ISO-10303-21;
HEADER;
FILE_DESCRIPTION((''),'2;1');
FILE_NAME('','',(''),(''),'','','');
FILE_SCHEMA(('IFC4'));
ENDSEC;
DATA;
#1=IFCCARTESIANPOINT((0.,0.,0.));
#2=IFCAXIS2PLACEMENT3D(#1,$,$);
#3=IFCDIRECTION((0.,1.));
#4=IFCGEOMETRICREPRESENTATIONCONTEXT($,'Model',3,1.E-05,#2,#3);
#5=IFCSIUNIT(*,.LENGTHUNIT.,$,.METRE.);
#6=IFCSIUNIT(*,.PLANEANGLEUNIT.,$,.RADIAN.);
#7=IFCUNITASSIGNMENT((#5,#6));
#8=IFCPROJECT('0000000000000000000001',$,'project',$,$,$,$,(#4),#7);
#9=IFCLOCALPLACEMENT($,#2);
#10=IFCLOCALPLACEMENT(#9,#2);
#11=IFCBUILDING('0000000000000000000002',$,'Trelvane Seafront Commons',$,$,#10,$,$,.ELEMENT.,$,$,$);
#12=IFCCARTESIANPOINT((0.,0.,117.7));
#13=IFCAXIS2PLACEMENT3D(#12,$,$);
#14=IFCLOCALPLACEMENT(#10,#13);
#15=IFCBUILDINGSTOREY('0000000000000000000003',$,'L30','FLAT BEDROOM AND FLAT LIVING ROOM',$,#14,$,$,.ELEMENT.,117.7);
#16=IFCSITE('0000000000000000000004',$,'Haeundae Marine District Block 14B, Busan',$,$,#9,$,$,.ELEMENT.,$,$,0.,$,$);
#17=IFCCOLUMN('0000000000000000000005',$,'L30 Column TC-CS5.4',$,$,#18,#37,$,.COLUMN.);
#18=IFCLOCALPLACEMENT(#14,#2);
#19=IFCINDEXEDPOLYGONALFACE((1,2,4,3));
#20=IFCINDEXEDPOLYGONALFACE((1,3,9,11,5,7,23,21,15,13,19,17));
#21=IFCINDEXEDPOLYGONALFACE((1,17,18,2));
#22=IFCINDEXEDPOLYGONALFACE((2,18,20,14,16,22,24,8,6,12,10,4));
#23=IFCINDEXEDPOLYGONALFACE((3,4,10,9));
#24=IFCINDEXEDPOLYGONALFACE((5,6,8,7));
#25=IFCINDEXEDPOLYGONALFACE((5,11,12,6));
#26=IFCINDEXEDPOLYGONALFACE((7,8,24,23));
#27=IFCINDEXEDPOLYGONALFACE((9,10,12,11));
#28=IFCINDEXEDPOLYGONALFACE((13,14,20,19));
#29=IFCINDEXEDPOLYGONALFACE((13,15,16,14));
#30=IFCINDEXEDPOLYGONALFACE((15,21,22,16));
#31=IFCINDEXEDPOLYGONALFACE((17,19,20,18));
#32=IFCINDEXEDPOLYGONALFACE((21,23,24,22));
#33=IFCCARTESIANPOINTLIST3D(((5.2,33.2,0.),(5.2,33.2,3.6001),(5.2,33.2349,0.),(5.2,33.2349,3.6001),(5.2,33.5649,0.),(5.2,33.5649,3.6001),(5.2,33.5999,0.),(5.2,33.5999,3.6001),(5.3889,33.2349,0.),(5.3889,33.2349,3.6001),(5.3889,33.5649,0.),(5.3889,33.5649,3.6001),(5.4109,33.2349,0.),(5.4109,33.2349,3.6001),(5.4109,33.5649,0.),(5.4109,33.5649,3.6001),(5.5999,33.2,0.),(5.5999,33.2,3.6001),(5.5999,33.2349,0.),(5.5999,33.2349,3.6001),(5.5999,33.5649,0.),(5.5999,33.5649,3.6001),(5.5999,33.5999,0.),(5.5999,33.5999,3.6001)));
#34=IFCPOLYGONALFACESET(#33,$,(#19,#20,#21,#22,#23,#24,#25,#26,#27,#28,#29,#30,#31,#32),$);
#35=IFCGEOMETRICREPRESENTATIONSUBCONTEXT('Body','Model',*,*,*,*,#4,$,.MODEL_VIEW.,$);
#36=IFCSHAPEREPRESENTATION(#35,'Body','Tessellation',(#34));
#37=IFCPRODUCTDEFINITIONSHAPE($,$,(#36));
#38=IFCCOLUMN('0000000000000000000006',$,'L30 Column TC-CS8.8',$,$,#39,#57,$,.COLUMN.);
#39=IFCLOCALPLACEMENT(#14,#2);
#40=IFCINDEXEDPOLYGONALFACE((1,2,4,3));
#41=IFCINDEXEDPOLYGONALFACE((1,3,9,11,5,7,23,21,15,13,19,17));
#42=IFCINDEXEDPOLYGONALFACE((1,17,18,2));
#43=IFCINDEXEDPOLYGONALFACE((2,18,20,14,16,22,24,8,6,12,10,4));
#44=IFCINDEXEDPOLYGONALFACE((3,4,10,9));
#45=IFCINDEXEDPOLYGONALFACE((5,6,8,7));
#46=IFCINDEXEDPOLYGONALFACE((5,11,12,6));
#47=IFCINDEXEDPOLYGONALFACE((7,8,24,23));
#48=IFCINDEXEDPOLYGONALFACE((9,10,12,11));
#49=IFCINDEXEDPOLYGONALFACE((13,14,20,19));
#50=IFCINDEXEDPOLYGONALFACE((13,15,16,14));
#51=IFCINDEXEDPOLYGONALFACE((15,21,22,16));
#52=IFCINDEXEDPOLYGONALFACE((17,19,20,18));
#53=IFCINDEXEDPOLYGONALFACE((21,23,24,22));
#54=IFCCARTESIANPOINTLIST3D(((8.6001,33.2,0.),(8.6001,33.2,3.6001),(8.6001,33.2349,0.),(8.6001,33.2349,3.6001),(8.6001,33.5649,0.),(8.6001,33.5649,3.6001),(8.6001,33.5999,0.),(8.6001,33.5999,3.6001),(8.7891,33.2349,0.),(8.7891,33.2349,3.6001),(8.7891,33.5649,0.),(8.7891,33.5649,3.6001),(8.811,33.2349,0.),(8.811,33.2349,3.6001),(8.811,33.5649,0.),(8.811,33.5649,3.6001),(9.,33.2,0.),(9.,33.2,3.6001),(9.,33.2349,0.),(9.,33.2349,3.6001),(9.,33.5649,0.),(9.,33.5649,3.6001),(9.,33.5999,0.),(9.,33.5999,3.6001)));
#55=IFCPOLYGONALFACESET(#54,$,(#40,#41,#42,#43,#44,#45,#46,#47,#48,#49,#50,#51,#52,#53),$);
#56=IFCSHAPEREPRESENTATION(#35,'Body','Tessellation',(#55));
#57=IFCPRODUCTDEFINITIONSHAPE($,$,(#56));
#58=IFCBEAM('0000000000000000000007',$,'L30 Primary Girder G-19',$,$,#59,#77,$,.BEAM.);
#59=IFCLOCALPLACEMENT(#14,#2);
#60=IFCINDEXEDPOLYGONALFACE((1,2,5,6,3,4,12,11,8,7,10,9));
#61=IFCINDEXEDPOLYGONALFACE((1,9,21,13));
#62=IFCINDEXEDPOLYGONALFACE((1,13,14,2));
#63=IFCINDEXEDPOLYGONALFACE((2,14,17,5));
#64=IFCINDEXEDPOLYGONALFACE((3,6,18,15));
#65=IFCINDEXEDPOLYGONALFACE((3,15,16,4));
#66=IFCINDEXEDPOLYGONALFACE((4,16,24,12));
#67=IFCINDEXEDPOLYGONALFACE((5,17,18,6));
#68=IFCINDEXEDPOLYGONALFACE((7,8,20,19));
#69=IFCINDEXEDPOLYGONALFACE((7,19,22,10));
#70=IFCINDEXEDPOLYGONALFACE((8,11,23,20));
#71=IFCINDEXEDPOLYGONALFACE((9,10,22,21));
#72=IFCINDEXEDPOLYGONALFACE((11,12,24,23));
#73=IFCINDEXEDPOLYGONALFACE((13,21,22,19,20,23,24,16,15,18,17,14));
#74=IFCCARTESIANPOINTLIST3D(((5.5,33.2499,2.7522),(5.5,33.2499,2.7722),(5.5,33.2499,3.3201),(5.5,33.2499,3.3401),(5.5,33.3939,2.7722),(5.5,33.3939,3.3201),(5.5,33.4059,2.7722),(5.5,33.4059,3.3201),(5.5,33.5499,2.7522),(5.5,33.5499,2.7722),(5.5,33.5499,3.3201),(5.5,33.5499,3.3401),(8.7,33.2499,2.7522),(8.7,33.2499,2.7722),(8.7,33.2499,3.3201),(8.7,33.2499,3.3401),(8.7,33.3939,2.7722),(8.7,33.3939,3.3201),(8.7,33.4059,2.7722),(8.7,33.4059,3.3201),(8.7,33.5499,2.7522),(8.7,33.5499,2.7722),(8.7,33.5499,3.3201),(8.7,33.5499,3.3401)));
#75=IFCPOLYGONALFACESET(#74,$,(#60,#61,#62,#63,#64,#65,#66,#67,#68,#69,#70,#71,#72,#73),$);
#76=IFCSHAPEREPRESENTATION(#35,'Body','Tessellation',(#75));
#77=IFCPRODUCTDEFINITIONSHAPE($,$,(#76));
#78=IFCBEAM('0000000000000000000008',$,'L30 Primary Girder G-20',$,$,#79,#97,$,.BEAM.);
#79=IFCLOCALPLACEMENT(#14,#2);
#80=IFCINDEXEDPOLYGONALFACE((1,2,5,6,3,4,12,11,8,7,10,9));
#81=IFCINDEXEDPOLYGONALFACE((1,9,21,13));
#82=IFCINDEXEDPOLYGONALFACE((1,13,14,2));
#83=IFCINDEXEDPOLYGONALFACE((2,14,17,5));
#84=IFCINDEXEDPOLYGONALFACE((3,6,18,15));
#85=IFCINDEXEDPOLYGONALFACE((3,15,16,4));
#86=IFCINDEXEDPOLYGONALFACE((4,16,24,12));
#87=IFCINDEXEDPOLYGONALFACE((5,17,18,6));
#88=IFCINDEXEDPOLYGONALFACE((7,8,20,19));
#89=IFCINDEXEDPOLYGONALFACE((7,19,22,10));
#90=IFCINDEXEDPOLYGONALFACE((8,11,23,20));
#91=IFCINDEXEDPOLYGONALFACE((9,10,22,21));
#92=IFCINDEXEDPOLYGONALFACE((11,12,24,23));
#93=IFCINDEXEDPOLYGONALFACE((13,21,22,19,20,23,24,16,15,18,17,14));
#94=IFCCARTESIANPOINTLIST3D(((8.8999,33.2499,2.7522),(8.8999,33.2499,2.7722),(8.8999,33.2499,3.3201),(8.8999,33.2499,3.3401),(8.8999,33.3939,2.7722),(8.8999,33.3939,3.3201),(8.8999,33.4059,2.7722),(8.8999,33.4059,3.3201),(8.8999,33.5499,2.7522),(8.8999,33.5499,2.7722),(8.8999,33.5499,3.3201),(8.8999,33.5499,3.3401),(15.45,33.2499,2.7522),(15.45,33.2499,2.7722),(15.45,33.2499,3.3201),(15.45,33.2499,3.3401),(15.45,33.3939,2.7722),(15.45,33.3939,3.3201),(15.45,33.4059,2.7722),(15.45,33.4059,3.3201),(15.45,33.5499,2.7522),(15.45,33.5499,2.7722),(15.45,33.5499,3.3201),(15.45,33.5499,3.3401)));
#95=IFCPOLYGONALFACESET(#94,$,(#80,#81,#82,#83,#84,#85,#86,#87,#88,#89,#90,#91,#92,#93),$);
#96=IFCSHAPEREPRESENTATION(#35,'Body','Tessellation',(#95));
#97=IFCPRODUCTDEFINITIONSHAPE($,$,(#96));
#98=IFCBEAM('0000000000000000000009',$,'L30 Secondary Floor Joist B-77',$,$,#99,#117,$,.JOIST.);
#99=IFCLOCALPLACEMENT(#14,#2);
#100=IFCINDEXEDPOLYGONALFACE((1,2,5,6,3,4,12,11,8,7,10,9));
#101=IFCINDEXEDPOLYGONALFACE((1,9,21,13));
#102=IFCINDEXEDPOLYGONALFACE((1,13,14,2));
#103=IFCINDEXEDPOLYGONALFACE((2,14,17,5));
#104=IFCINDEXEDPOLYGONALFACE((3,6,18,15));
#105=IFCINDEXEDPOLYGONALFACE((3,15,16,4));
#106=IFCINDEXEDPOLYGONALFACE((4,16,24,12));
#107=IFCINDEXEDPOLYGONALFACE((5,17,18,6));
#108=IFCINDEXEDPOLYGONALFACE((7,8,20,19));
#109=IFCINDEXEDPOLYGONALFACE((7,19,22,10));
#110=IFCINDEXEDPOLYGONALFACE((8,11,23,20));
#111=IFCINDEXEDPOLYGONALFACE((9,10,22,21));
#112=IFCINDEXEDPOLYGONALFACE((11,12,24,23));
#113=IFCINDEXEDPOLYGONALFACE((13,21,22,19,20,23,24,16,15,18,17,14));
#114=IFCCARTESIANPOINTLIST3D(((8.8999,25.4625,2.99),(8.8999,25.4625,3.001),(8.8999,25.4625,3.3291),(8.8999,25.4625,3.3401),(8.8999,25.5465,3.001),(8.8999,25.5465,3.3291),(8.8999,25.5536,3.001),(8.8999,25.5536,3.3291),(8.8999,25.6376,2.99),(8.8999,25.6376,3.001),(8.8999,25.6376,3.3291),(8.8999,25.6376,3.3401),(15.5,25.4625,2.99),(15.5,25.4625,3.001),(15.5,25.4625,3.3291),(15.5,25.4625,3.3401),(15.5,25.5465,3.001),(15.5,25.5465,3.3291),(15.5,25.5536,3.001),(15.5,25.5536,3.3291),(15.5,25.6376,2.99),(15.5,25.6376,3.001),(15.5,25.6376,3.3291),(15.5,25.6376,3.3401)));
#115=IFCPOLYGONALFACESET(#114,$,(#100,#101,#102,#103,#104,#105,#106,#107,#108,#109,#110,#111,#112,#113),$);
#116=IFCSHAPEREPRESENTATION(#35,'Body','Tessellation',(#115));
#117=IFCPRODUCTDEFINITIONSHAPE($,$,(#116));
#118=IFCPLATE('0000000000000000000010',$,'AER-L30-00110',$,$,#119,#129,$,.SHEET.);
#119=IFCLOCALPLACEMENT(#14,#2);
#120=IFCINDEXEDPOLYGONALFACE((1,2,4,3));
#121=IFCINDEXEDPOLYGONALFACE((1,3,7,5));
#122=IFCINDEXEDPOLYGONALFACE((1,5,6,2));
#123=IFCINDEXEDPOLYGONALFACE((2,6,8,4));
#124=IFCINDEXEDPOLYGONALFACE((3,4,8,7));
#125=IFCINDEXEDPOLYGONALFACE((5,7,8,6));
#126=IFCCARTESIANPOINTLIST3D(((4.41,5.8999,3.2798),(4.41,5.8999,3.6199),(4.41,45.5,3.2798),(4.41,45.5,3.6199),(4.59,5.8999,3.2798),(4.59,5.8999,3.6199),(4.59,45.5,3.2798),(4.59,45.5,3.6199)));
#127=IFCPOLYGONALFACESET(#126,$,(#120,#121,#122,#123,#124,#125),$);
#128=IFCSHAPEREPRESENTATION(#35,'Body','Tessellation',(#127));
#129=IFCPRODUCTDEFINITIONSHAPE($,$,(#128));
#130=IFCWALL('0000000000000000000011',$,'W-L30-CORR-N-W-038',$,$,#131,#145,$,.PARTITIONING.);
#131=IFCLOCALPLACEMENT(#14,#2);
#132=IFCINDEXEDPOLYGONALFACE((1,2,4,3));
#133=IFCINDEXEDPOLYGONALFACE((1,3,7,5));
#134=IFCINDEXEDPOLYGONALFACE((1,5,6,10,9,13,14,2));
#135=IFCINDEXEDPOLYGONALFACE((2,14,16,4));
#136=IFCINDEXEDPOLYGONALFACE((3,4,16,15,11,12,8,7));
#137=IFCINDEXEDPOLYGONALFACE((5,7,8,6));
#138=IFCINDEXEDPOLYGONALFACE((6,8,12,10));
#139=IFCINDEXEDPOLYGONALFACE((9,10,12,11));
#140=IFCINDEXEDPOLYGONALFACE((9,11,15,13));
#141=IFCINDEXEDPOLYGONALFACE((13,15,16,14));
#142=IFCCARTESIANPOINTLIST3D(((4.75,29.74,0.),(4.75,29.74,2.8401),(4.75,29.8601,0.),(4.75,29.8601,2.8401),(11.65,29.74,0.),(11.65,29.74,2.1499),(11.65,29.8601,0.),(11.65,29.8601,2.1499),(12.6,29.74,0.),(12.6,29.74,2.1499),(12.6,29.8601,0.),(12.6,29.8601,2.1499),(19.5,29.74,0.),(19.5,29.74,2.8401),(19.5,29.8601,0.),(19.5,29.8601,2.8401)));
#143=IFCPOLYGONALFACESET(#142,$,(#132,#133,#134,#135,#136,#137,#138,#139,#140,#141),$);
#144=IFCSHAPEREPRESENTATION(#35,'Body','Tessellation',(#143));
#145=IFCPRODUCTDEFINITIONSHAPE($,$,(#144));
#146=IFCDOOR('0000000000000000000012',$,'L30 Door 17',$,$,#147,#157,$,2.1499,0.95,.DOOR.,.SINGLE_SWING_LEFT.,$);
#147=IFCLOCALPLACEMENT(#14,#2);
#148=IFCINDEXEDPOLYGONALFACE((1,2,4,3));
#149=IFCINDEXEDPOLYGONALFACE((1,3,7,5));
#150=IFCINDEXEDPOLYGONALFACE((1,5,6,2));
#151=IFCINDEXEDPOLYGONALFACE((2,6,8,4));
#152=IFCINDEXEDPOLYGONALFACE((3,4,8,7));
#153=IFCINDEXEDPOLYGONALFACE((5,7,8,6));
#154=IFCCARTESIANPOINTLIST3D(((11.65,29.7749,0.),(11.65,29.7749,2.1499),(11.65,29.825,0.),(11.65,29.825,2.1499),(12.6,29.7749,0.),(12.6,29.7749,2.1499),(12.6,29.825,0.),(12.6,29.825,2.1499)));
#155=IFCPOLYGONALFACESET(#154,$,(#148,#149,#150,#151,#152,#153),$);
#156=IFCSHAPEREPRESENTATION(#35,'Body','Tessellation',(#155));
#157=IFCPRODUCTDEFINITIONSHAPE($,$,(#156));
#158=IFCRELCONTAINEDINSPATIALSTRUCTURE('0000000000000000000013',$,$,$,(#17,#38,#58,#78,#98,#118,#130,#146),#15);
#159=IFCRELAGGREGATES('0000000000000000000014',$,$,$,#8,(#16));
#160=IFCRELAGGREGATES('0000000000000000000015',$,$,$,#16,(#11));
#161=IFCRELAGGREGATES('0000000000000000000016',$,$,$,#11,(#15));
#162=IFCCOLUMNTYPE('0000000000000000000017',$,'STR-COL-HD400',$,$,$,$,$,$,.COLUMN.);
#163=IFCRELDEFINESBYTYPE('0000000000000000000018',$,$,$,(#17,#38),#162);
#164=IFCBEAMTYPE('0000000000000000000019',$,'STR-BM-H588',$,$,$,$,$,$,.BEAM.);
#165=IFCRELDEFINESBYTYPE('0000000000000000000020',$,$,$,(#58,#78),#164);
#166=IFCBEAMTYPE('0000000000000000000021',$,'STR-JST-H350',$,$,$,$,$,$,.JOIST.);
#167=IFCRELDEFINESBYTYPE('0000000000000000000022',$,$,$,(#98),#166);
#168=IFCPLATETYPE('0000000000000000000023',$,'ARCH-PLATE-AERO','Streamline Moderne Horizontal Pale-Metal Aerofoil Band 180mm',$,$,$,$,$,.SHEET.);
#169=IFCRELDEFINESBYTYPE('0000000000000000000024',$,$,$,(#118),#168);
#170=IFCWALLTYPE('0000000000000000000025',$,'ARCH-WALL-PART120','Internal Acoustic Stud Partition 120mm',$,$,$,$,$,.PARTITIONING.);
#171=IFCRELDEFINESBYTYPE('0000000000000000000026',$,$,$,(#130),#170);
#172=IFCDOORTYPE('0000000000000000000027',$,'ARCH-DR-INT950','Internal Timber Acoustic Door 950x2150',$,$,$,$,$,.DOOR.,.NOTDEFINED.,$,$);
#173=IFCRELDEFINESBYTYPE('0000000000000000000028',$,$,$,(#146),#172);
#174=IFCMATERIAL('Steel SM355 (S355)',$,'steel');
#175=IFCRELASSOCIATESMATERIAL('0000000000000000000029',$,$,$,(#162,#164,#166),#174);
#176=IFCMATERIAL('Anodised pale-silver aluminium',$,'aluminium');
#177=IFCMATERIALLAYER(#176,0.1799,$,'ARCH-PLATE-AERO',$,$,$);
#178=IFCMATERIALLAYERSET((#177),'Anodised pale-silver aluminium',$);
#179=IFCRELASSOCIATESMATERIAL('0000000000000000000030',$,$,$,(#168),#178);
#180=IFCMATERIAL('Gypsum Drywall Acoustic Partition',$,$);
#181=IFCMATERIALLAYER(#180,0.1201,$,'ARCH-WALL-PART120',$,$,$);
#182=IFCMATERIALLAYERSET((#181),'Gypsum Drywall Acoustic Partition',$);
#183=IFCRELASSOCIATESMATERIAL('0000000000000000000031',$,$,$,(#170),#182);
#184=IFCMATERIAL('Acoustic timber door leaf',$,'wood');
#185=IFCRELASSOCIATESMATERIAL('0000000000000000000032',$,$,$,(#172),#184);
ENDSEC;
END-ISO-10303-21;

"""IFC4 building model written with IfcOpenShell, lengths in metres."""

from ifc_helpers import new_model, si_unit, direction, frame, frame_2d, origin, origin_2d, place, context, subcontext, project, spatial, rectangle, i_section, extrude, source, transform, mapped, material, layer, layer_set, material_profile, profile_set, type_object, element, fill, save


model = new_model("IFC4")

# Units and contexts
model_context = context("Model", 3, precision=1e-05, world=origin(), true_north=direction((0.0, 1.0)))
body_context = subcontext(model_context, "Body", "Model", "MODEL_VIEW")
ifc_project = project(units=[si_unit("LENGTHUNIT", "METRE"), si_unit("PLANEANGLEUNIT", "RADIAN")], contexts=[model_context])

# Site, building, storey
site_placement = place(None, origin())
site = spatial("IfcSite", under=ifc_project, at=site_placement, Name="Haeundae Marine District Block 14B, Busan", CompositionType="ELEMENT", RefElevation=0.0)
building_placement = place(site_placement, origin())
building = spatial("IfcBuilding", under=site, at=building_placement, Name="Trelvane Seafront Commons", CompositionType="ELEMENT")
storey_placement = place(building_placement, frame((0.0, 0.0, 117.7)))
storey = spatial("IfcBuildingStorey", under=building, at=storey_placement, Name="L30", Description="FLAT BEDROOM AND FLAT LIVING ROOM", CompositionType="ELEMENT", Elevation=117.7)

# Columns
ifc_material_1 = material(Name="Steel SM355 (S355)", Category="steel")
ifc_material_profile_1 = material_profile(ifc_material_1, i_section(OverallWidth=0.3999, OverallDepth=0.3999, WebThickness=0.022, FlangeThickness=0.0349, at=origin_2d()), Name="HD-400x400x22x35")
ifc_profile_set_1 = profile_set([ifc_material_profile_1], Name="Steel SM355 (S355)")
column_type = type_object("IfcColumnType", Name="STR-COL-HD400", PredefinedType="COLUMN", material=ifc_profile_set_1)
shared_shape_1 = source(origin(), body_context, "Body", "SweptSolid", [
    extrude(i_section(OverallWidth=0.3999, OverallDepth=0.3999, WebThickness=0.022, FlangeThickness=0.0349, at=origin_2d()), origin(), (0.0, 0.0, 1.0), 3.6001),
])
for number, where, z_axis, x_axis, name in (
    (1, (5.3999, 33.3999, 0.0), (0.0, 0.0, 1.0), (1.0, 0.0, 0.0), "L30 Column TC-CS5.4"),
    (2, (8.8, 33.3999, 0.0), (0.0, 0.0, 1.0), (1.0, 0.0, 0.0), "L30 Column TC-CS8.8"),
):
    element("IfcColumn", number, at=place(storey_placement, frame(where, z_axis=z_axis, x_axis=x_axis)), inside=storey, type_object=column_type, Name=name, PredefinedType="COLUMN", context=body_context, shape_type="MappedRepresentation", body=[
        mapped(shared_shape_1, transform((0.0, 0.0, 0.0), x_axis=(1.0, 0.0, 0.0), y_axis=(0.0, 1.0, 0.0), z_axis=(0.0, 0.0, 1.0), scale=1.0)),
    ])

# Beams
ifc_material_profile_2 = material_profile(ifc_material_1, i_section(OverallWidth=0.3, OverallDepth=0.5879, WebThickness=0.012, FlangeThickness=0.02, at=origin_2d()), Name="H-588x300x12x20")
ifc_profile_set_2 = profile_set([ifc_material_profile_2], Name="Steel SM355 (S355)")
beam_type_1 = type_object("IfcBeamType", Name="STR-BM-H588", PredefinedType="BEAM", material=ifc_profile_set_2)
shared_shape_2 = source(origin(), body_context, "Body", "SweptSolid", [
    extrude(i_section(OverallWidth=0.3, OverallDepth=0.5879, WebThickness=0.012, FlangeThickness=0.02, at=origin_2d()), origin(), (0.0, 0.0, 1.0), 3.2),
])
beam_1_placement = place(storey_placement, frame((5.5, 33.3999, 3.0461), z_axis=(1.0, 0.0, 0.0), x_axis=(0.0, 1.0, 0.0)))
element("IfcBeam", 3, at=beam_1_placement, inside=storey, type_object=beam_type_1, Name="L30 Primary Girder G-19", PredefinedType="BEAM", context=body_context, shape_type="MappedRepresentation", body=[
    mapped(shared_shape_2, transform((0.0, 0.0, 0.0), x_axis=(1.0, 0.0, 0.0), y_axis=(0.0, 1.0, 0.0), z_axis=(0.0, 0.0, 1.0), scale=1.0)),
])
shared_shape_3 = source(origin(), body_context, "Body", "SweptSolid", [
    extrude(i_section(OverallWidth=0.3, OverallDepth=0.5879, WebThickness=0.012, FlangeThickness=0.02, at=origin_2d()), origin(), (0.0, 0.0, 1.0), 6.55),
])
beam_2_placement = place(storey_placement, frame((8.8999, 33.3999, 3.0461), z_axis=(1.0, 0.0, 0.0), x_axis=(0.0, 1.0, 0.0)))
element("IfcBeam", 4, at=beam_2_placement, inside=storey, type_object=beam_type_1, Name="L30 Primary Girder G-20", PredefinedType="BEAM", context=body_context, shape_type="MappedRepresentation", body=[
    mapped(shared_shape_3, transform((0.0, 0.0, 0.0), x_axis=(1.0, 0.0, 0.0), y_axis=(0.0, 1.0, 0.0), z_axis=(0.0, 0.0, 1.0), scale=1.0)),
])
ifc_material_profile_3 = material_profile(ifc_material_1, i_section(OverallWidth=0.175, OverallDepth=0.3501, WebThickness=0.0071, FlangeThickness=0.011, at=origin_2d()), Name="H-350x175x7x11")
ifc_profile_set_3 = profile_set([ifc_material_profile_3], Name="Steel SM355 (S355)")
beam_type_2 = type_object("IfcBeamType", Name="STR-JST-H350", PredefinedType="JOIST", material=ifc_profile_set_3)
shared_shape_4 = source(origin(), body_context, "Body", "SweptSolid", [
    extrude(i_section(OverallWidth=0.175, OverallDepth=0.3501, WebThickness=0.0071, FlangeThickness=0.011, at=origin_2d()), origin(), (0.0, 0.0, 1.0), 6.6001),
])
beam_3_placement = place(storey_placement, frame((8.8999, 25.55, 3.165), z_axis=(1.0, 0.0, 0.0), x_axis=(0.0, 1.0, 0.0)))
element("IfcBeam", 5, at=beam_3_placement, inside=storey, type_object=beam_type_2, Name="L30 Secondary Floor Joist B-77", PredefinedType="JOIST", context=body_context, shape_type="MappedRepresentation", body=[
    mapped(shared_shape_4, transform((0.0, 0.0, 0.0), x_axis=(1.0, 0.0, 0.0), y_axis=(0.0, 1.0, 0.0), z_axis=(0.0, 0.0, 1.0), scale=1.0)),
])

# Plate
ifc_material_2 = material(Name="Anodised pale-silver aluminium", Category="aluminium")
ifc_layer_1 = layer(ifc_material_2, 0.1799, Name="ARCH-PLATE-AERO")
ifc_layer_set_1 = layer_set([ifc_layer_1], Name="Anodised pale-silver aluminium")
plate_type = type_object("IfcPlateType", Name="ARCH-PLATE-AERO", Description="Streamline Moderne Horizontal Pale-Metal Aerofoil Band 180mm", PredefinedType="SHEET", material=ifc_layer_set_1)
shared_shape_5 = source(origin(), body_context, "Body", "SweptSolid", [
    extrude(rectangle(XDim=39.6001, YDim=0.1799, at=origin_2d()), origin(), (0.0, 0.0, 1.0), 0.3401),
])
plate_placement = place(storey_placement, frame((4.5, 25.7, 3.2798), z_axis=(0.0, 0.0, 1.0), x_axis=(0.0, 1.0, 0.0)))
element("IfcPlate", 6, at=plate_placement, inside=storey, type_object=plate_type, Name="AER-L30-00110", PredefinedType="SHEET", context=body_context, shape_type="MappedRepresentation", body=[
    mapped(shared_shape_5, transform((0.0, 0.0, 0.0), x_axis=(1.0, 0.0, 0.0), y_axis=(0.0, 1.0, 0.0), z_axis=(0.0, 0.0, 1.0), scale=1.0)),
])

# Wall, opening, door
ifc_material_3 = material(Name="Gypsum Drywall Acoustic Partition")
ifc_layer_2 = layer(ifc_material_3, 0.1201, Name="ARCH-WALL-PART120")
ifc_layer_set_2 = layer_set([ifc_layer_2], Name="Gypsum Drywall Acoustic Partition")
wall_type_1 = type_object("IfcWallType", Name="ARCH-WALL-PART120", Description="Internal Acoustic Stud Partition 120mm", PredefinedType="PARTITIONING", material=ifc_layer_set_2)
wall_1_placement = place(storey_placement, frame((4.75, 29.8, 0.0), z_axis=(0.0, 0.0, 1.0), x_axis=(1.0, 0.0, 0.0)))
wall_1 = element("IfcWall", 7, at=wall_1_placement, inside=storey, type_object=wall_type_1, Name="W-L30-CORR-N-W-038", PredefinedType="PARTITIONING", context=body_context, shape_type="SweptSolid", body=[
    extrude(rectangle(XDim=14.75, YDim=0.1201, at=frame_2d((7.375, 0.0))), origin(), (0.0, 0.0, 1.0), 2.8401),
])
opening_1_placement = place(wall_1_placement, frame((6.8999, 0.0, 0.0)))
opening_1 = element("IfcOpeningElement", 8, at=opening_1_placement, cuts=wall_1, PredefinedType="OPENING", context=body_context, shape_type="SweptSolid", body=[
    extrude(rectangle(XDim=0.95, YDim=2.1499, at=frame_2d((0.4751, 1.075))), frame((0.0, 0.0701, 0.0), z_axis=(0.0, -1.0, 0.0), x_axis=(1.0, 0.0, 0.0)), (0.0, 0.0, 1.0), 0.1401),
])
ifc_material_4 = material(Name="Acoustic timber door leaf", Category="wood")
door_type_1 = type_object("IfcDoorType", Name="ARCH-DR-INT950", Description="Internal Timber Acoustic Door 950x2150", OperationType="NOTDEFINED", PredefinedType="DOOR", material=ifc_material_4)
shared_shape_6 = source(origin(), body_context, "Body", "SweptSolid", [
    extrude(rectangle(XDim=0.95, YDim=2.1499, at=frame_2d((0.4751, 1.075))), frame((0.0, 0.0249, 0.0), z_axis=(0.0, -1.0, 0.0), x_axis=(1.0, 0.0, 0.0)), (0.0, 0.0, 1.0), 0.05),
])
door_1_placement = place(opening_1_placement, origin())
door_1 = element("IfcDoor", 9, at=door_1_placement, inside=storey, type_object=door_type_1, Name="L30 Door 17", OperationType="SINGLE_SWING_LEFT", OverallHeight=2.1499, OverallWidth=0.95, PredefinedType="DOOR", context=body_context, shape_type="MappedRepresentation", body=[
    mapped(shared_shape_6, transform((0.0, 0.0, 0.0), x_axis=(1.0, 0.0, 0.0), y_axis=(0.0, 1.0, 0.0), z_axis=(0.0, 0.0, 1.0), scale=1.0)),
])
fill(opening_1, door_1)

save(model, "model.ifc")
